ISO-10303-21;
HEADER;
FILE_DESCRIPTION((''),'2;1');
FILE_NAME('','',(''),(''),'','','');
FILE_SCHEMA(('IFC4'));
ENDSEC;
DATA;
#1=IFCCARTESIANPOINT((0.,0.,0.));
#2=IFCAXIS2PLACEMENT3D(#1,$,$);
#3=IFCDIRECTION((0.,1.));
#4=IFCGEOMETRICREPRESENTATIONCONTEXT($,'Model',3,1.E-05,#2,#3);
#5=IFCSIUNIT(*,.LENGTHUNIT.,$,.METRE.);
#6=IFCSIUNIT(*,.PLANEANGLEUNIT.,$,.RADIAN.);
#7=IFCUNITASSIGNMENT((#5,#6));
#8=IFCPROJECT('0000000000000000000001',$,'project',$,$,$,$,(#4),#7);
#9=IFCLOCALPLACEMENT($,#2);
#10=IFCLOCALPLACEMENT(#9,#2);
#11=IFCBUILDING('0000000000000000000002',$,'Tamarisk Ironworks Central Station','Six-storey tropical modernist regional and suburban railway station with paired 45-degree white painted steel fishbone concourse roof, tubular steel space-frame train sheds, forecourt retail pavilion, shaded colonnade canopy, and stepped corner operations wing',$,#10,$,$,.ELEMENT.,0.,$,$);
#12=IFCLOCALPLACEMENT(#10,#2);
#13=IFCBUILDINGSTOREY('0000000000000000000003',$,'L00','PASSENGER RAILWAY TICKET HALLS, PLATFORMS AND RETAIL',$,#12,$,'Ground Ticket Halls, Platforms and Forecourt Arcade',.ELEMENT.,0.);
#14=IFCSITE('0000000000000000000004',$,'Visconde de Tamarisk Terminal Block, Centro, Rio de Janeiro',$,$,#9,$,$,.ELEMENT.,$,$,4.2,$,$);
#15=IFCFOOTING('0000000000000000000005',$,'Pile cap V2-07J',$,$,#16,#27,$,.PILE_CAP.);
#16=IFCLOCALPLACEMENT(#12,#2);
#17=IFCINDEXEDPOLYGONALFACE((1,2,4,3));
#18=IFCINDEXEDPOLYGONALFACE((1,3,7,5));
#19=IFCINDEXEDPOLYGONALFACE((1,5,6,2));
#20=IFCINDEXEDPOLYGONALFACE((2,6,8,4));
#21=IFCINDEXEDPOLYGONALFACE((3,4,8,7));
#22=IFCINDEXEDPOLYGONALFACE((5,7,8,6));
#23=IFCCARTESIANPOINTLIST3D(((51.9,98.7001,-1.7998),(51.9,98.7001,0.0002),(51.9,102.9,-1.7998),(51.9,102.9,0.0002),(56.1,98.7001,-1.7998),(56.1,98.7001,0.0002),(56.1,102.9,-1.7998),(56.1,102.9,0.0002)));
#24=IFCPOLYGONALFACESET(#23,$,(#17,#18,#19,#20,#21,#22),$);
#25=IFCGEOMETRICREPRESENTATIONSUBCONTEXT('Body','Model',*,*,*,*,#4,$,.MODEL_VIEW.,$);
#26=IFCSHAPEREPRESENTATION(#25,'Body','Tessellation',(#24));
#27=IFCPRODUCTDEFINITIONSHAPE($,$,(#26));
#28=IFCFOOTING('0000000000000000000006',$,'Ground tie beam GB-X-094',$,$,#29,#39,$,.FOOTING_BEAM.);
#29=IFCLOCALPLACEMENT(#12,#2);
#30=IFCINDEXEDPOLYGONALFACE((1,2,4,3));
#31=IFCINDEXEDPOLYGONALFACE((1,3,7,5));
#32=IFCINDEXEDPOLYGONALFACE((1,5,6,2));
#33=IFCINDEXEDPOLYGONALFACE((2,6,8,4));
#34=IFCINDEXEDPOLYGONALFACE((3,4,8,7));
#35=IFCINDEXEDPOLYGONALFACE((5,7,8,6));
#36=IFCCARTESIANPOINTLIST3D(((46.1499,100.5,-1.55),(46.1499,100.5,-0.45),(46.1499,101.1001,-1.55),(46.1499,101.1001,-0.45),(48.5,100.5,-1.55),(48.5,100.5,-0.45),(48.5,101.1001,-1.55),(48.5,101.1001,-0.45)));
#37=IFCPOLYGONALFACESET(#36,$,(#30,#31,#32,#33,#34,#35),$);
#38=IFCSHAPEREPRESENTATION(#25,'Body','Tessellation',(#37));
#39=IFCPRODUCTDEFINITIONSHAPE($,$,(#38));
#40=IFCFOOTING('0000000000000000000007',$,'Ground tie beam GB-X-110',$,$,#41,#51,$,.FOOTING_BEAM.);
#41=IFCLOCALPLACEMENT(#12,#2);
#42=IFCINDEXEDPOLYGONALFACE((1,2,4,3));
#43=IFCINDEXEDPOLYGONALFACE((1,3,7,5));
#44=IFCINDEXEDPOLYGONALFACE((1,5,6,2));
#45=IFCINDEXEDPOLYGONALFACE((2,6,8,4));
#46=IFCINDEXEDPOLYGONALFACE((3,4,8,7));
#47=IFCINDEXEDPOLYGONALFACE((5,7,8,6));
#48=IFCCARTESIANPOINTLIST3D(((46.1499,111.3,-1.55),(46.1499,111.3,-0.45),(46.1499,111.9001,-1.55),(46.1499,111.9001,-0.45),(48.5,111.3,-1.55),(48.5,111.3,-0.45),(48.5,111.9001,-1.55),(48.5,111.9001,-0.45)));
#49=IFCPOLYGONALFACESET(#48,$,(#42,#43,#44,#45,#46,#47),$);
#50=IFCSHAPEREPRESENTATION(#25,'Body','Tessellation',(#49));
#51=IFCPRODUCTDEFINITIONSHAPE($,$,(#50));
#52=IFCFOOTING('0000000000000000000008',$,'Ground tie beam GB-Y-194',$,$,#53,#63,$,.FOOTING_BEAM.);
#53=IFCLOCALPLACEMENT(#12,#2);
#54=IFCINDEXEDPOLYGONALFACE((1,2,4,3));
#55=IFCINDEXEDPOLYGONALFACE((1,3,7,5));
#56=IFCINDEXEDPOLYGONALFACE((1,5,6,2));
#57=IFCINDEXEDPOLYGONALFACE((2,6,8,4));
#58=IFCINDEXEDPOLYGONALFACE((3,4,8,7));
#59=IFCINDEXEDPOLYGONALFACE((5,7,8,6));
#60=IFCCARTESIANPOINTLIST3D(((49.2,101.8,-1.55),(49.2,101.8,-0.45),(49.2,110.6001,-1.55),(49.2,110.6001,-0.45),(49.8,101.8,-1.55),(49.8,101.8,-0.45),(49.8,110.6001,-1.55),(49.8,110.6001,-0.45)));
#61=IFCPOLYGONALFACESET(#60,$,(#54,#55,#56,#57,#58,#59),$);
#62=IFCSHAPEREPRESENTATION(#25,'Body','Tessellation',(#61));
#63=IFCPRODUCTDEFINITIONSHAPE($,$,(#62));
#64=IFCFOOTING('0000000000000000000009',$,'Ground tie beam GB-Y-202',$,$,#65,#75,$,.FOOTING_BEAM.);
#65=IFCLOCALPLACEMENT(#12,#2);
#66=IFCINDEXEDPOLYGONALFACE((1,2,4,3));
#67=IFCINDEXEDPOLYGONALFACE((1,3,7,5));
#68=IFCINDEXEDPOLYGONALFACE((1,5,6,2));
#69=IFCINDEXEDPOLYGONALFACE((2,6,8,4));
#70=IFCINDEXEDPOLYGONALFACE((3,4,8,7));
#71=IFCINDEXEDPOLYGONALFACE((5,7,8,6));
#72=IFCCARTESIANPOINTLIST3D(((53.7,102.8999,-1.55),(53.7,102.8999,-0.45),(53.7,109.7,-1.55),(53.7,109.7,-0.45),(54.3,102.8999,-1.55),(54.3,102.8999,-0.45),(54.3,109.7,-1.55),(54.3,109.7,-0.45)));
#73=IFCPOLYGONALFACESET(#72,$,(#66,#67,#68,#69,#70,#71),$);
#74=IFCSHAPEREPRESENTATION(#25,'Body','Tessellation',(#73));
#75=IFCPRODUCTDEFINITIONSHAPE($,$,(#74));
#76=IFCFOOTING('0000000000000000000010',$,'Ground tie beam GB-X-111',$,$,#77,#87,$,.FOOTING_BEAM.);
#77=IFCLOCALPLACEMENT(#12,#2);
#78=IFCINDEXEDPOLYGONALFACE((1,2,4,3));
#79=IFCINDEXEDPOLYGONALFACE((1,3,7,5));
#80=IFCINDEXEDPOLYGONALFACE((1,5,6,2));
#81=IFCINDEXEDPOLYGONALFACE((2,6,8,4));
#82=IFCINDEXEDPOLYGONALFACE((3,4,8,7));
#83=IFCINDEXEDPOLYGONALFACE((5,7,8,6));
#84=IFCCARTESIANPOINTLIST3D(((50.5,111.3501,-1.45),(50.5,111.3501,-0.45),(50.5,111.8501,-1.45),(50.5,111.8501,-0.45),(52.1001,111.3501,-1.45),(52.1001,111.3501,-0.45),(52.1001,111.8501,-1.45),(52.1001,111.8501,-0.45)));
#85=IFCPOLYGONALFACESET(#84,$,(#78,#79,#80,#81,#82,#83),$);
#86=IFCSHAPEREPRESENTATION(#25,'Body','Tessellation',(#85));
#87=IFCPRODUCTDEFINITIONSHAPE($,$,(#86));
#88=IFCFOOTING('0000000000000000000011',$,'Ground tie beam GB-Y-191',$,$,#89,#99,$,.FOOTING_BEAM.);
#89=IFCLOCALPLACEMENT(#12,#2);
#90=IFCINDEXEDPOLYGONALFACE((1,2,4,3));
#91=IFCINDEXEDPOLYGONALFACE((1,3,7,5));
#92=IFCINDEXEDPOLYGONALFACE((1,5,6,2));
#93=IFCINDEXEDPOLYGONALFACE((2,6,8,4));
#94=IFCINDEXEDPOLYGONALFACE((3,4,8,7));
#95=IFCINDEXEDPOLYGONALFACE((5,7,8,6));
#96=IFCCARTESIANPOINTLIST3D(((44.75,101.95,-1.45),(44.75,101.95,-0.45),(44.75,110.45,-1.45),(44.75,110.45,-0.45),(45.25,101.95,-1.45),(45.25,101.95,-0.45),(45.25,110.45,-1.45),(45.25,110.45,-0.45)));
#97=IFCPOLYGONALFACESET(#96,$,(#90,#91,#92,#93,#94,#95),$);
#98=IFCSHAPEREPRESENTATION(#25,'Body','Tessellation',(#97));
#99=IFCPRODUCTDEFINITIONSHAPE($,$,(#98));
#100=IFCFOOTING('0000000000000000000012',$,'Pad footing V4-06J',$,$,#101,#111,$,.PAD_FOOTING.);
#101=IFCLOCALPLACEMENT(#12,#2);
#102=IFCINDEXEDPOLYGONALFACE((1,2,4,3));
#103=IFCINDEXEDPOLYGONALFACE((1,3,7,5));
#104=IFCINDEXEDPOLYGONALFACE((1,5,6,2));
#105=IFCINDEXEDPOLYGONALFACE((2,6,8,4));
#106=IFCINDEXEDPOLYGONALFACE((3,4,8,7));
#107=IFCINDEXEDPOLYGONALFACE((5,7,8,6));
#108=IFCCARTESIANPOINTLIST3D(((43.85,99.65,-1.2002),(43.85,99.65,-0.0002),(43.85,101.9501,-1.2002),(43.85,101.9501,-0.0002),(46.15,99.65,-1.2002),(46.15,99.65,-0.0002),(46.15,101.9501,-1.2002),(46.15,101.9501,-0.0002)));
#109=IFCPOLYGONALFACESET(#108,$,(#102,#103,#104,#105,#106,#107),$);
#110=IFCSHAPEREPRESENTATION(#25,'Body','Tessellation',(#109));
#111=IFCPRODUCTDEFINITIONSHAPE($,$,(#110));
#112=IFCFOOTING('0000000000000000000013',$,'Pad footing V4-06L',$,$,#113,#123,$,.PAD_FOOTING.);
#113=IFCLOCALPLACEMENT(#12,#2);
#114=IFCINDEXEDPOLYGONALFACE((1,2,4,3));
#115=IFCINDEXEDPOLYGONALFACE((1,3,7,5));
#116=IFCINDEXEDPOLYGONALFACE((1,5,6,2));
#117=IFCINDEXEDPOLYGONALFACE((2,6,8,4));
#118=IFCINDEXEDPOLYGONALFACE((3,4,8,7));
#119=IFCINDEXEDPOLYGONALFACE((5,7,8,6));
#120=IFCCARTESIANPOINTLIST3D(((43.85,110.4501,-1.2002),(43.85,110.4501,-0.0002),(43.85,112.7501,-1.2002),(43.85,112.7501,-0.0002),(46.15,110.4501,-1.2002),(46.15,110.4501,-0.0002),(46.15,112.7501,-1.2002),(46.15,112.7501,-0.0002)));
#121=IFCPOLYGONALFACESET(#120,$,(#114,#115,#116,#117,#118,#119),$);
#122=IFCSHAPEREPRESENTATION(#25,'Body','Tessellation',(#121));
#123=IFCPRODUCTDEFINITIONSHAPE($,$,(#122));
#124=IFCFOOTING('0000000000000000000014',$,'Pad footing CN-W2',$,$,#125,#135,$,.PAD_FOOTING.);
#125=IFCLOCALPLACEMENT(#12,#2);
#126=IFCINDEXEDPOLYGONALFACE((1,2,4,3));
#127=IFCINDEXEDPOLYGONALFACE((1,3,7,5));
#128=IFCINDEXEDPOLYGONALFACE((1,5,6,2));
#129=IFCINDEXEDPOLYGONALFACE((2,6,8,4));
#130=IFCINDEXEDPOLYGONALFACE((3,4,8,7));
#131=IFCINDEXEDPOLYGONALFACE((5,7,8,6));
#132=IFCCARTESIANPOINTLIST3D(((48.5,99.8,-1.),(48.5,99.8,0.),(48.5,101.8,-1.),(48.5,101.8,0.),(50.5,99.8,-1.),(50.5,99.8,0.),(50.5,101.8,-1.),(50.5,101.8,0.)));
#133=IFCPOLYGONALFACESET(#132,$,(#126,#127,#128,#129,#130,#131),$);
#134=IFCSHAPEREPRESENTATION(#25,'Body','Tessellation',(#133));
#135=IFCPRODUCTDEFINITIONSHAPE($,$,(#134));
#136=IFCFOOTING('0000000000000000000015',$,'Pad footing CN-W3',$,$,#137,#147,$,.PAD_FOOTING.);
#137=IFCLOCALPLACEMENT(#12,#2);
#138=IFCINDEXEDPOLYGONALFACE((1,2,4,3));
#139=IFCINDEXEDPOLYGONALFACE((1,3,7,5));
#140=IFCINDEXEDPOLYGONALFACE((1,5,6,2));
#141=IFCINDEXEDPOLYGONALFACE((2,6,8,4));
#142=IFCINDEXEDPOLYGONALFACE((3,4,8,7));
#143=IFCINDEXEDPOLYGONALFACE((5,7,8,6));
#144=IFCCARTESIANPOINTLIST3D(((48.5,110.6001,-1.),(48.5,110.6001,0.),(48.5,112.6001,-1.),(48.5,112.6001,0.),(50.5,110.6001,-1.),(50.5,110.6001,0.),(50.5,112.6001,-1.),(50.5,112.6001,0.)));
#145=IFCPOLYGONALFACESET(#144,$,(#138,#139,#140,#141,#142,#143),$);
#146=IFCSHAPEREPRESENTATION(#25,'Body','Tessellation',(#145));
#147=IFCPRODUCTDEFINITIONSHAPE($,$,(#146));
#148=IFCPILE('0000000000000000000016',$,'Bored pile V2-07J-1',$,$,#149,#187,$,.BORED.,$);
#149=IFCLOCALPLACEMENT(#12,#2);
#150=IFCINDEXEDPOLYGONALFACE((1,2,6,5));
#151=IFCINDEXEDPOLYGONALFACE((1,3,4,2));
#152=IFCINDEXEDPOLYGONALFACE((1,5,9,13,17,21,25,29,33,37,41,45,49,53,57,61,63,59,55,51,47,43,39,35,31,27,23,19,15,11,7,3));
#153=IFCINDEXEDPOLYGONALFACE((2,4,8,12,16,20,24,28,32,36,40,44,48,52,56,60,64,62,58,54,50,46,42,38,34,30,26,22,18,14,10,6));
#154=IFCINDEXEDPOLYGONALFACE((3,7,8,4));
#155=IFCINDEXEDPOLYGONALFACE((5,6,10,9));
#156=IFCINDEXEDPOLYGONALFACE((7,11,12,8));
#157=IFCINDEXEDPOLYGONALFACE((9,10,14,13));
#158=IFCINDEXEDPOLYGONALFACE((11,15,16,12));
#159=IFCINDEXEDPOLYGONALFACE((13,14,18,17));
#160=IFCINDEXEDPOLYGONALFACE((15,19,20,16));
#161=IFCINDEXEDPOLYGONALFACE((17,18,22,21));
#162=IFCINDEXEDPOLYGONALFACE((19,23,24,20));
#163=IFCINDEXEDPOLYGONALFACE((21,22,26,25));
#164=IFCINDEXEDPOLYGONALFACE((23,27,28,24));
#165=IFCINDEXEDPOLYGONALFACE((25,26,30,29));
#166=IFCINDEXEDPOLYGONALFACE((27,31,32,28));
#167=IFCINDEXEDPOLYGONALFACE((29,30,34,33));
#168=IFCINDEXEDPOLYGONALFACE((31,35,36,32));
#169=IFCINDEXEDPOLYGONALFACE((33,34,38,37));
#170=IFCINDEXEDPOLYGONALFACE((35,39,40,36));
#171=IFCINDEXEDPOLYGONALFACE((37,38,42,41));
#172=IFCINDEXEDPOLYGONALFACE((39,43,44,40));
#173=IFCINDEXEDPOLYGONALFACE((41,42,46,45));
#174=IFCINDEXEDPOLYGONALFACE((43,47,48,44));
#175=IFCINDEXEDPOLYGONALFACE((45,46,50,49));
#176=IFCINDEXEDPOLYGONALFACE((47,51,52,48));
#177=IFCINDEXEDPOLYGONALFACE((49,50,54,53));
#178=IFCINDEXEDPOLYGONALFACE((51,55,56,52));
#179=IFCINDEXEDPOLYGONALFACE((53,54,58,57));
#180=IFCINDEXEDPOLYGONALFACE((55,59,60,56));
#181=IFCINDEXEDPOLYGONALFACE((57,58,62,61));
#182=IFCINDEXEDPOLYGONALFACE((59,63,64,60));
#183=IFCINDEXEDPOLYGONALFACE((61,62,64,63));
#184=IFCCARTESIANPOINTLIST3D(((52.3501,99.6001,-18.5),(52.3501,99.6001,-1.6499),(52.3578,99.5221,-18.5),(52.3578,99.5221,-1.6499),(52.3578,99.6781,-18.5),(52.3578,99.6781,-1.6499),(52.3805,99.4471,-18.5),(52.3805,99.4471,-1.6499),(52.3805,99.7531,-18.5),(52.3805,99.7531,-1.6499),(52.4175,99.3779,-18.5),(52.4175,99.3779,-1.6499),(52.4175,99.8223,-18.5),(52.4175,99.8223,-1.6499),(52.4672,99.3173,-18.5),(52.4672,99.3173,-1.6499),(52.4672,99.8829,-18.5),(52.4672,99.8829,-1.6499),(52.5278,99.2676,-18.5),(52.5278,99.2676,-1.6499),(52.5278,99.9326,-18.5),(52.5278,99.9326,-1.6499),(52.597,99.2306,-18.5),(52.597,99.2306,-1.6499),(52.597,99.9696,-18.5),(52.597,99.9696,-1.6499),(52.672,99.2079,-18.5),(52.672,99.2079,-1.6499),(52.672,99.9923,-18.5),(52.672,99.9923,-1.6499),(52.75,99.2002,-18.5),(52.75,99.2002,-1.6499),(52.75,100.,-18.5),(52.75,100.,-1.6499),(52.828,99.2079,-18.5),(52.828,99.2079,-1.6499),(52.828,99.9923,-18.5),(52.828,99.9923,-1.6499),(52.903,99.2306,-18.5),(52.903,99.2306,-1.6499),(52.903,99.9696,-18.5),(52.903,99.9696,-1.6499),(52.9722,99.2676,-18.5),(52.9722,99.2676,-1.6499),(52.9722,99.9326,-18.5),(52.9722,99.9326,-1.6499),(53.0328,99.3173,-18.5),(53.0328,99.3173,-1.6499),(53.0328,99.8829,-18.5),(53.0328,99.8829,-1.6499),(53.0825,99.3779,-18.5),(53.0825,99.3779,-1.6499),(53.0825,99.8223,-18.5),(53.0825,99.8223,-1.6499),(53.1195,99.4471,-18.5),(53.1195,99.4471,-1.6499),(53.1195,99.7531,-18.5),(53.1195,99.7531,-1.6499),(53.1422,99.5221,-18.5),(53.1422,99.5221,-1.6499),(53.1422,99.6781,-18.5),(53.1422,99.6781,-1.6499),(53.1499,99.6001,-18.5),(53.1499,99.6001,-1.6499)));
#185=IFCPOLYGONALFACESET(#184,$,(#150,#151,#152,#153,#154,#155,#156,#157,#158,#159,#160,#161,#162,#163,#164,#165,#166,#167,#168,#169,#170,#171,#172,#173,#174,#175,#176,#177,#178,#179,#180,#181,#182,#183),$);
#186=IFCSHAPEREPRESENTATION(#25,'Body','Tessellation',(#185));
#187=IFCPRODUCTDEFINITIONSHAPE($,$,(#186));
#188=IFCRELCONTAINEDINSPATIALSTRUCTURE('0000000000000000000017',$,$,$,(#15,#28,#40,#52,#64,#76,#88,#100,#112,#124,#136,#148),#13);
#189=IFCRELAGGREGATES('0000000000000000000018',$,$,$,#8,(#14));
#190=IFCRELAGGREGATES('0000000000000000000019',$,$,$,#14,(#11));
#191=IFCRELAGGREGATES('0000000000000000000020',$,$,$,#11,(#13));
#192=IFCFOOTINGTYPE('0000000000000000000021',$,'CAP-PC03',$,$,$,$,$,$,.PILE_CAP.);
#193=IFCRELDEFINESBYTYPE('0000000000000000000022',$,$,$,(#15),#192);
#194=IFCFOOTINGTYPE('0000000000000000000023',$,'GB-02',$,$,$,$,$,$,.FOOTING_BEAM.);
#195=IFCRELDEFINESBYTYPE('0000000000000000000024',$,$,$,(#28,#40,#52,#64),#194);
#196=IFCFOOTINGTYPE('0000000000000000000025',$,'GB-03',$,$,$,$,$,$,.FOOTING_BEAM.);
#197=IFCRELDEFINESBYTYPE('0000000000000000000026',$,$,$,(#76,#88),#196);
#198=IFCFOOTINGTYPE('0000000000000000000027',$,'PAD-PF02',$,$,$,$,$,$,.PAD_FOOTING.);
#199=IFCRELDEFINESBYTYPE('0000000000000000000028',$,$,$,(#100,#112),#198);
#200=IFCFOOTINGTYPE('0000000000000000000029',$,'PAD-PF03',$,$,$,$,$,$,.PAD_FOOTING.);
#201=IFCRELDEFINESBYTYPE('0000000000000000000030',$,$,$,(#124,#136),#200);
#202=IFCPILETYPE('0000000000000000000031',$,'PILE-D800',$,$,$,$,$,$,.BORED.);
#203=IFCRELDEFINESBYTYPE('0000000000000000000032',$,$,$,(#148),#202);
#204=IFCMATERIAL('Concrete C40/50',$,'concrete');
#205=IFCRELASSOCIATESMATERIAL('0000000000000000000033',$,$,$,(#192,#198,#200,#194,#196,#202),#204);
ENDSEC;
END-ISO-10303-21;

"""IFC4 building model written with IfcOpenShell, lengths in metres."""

from ifc_helpers import new_model, si_unit, direction, frame, origin, origin_2d, place, context, subcontext, project, spatial, rectangle, circle, extrude, material, material_profile, profile_set, type_object, element, save


model = new_model("IFC4")

# Units and contexts
model_context = context("Model", 3, precision=1e-05, world=origin(), true_north=direction((0.0, 1.0)))
body_context = subcontext(model_context, "Body", "Model", "MODEL_VIEW")
ifc_project = project(units=[si_unit("LENGTHUNIT", "METRE"), si_unit("PLANEANGLEUNIT", "RADIAN")], contexts=[model_context])

# Site, building, storey
site_placement = place(None, origin())
site = spatial("IfcSite", under=ifc_project, at=site_placement, Name="Visconde de Tamarisk Terminal Block, Centro, Rio de Janeiro", CompositionType="ELEMENT", RefElevation=4.2)
building_placement = place(site_placement, origin())
building = spatial("IfcBuilding", under=site, at=building_placement, Name="Tamarisk Ironworks Central Station", Description="Six-storey tropical modernist regional and suburban railway station with paired 45-degree white painted steel fishbone concourse roof, tubular steel space-frame train sheds, forecourt retail pavilion, shaded colonnade canopy, and stepped corner operations wing", CompositionType="ELEMENT", ElevationOfRefHeight=0.0)
storey_placement = place(building_placement, origin())
storey = spatial("IfcBuildingStorey", under=building, at=storey_placement, Name="L00", Description="PASSENGER RAILWAY TICKET HALLS, PLATFORMS AND RETAIL", LongName="Ground Ticket Halls, Platforms and Forecourt Arcade", CompositionType="ELEMENT", Elevation=0.0)

# Footings
ifc_material_1 = material(Name="Concrete C40/50", Category="concrete")
footing_type_1 = type_object("IfcFootingType", Name="CAP-PC03", PredefinedType="PILE_CAP", material=ifc_material_1)
footing_1_placement = place(storey_placement, frame((54.0, 100.8, -1.7998), z_axis=(0.0, 0.0, 1.0), x_axis=(1.0, 0.0, 0.0)))
element("IfcFooting", 1, at=footing_1_placement, inside=storey, type_object=footing_type_1, Name="Pile cap V2-07J", PredefinedType="PILE_CAP", context=body_context, shape_type="SweptSolid", body=[
    extrude(rectangle(XDim=4.2, YDim=4.2, at=origin_2d()), origin(), (0.0, 0.0, 1.0), 1.8),
])
ifc_material_profile_1 = material_profile(ifc_material_1, rectangle(XDim=0.6001, YDim=1.1001, at=origin_2d()), Name="GB02 600x1100")
ifc_profile_set_1 = profile_set([ifc_material_profile_1], Name="Concrete C40/50")
footing_type_2 = type_object("IfcFootingType", Name="GB-02", PredefinedType="FOOTING_BEAM", material=ifc_profile_set_1)
for number, where, z_axis, x_axis, name in (
    (2, (46.1499, 100.8, -1.0), (1.0, 0.0, 0.0), (0.0, 1.0, 0.0), "Ground tie beam GB-X-094"),
    (3, (46.1499, 111.6001, -1.0), (1.0, 0.0, 0.0), (0.0, 1.0, 0.0), "Ground tie beam GB-X-110"),
):
    element("IfcFooting", number, at=place(storey_placement, frame(where, z_axis=z_axis, x_axis=x_axis)), inside=storey, type_object=footing_type_2, Name=name, PredefinedType="FOOTING_BEAM", context=body_context, shape_type="SweptSolid", body=[
        extrude(rectangle(XDim=0.6001, YDim=1.1001, at=origin_2d()), origin(), (0.0, 0.0, 1.0), 2.3501),
    ])
footing_2_placement = place(storey_placement, frame((49.5, 101.8, -1.0), z_axis=(0.0, 1.0, 0.0), x_axis=(-1.0, 0.0, 0.0)))
element("IfcFooting", 4, at=footing_2_placement, inside=storey, type_object=footing_type_2, Name="Ground tie beam GB-Y-194", PredefinedType="FOOTING_BEAM", context=body_context, shape_type="SweptSolid", body=[
    extrude(rectangle(XDim=0.6001, YDim=1.1001, at=origin_2d()), origin(), (0.0, 0.0, 1.0), 8.8),
])
footing_3_placement = place(storey_placement, frame((54.0, 102.8999, -1.0), z_axis=(0.0, 1.0, 0.0), x_axis=(-1.0, 0.0, 0.0)))
element("IfcFooting", 5, at=footing_3_placement, inside=storey, type_object=footing_type_2, Name="Ground tie beam GB-Y-202", PredefinedType="FOOTING_BEAM", context=body_context, shape_type="SweptSolid", body=[
    extrude(rectangle(XDim=0.6001, YDim=1.1001, at=origin_2d()), origin(), (0.0, 0.0, 1.0), 6.8),
])
ifc_material_profile_2 = material_profile(ifc_material_1, rectangle(XDim=0.5, YDim=1.0, at=origin_2d()), Name="GB03 500x1000")
ifc_profile_set_2 = profile_set([ifc_material_profile_2], Name="Concrete C40/50")
footing_type_3 = type_object("IfcFootingType", Name="GB-03", PredefinedType="FOOTING_BEAM", material=ifc_profile_set_2)
footing_4_placement = place(storey_placement, frame((50.5, 111.6001, -0.95), z_axis=(1.0, 0.0, 0.0), x_axis=(0.0, 1.0, 0.0)))
element("IfcFooting", 6, at=footing_4_placement, inside=storey, type_object=footing_type_3, Name="Ground tie beam GB-X-111", PredefinedType="FOOTING_BEAM", context=body_context, shape_type="SweptSolid", body=[
    extrude(rectangle(XDim=0.5, YDim=1.0, at=origin_2d()), origin(), (0.0, 0.0, 1.0), 1.6001),
])
footing_5_placement = place(storey_placement, frame((45.0, 101.95, -0.95), z_axis=(0.0, 1.0, 0.0), x_axis=(-1.0, 0.0, 0.0)))
element("IfcFooting", 7, at=footing_5_placement, inside=storey, type_object=footing_type_3, Name="Ground tie beam GB-Y-191", PredefinedType="FOOTING_BEAM", context=body_context, shape_type="SweptSolid", body=[
    extrude(rectangle(XDim=0.5, YDim=1.0, at=origin_2d()), origin(), (0.0, 0.0, 1.0), 8.5),
])
footing_type_4 = type_object("IfcFootingType", Name="PAD-PF02", PredefinedType="PAD_FOOTING", material=ifc_material_1)
for number, where, z_axis, x_axis, name in (
    (8, (45.0, 100.8, -1.2002), (0.0, 0.0, 1.0), (1.0, 0.0, 0.0), "Pad footing V4-06J"),
    (9, (45.0, 111.6001, -1.2002), (0.0, 0.0, 1.0), (1.0, 0.0, 0.0), "Pad footing V4-06L"),
):
    element("IfcFooting", number, at=place(storey_placement, frame(where, z_axis=z_axis, x_axis=x_axis)), inside=storey, type_object=footing_type_4, Name=name, PredefinedType="PAD_FOOTING", context=body_context, shape_type="SweptSolid", body=[
        extrude(rectangle(XDim=2.3, YDim=2.3, at=origin_2d()), origin(), (0.0, 0.0, 1.0), 1.2),
    ])
footing_type_5 = type_object("IfcFootingType", Name="PAD-PF03", PredefinedType="PAD_FOOTING", material=ifc_material_1)
for number, where, z_axis, x_axis, name in (
    (10, (49.5, 100.8, -1.0), (0.0, 0.0, 1.0), (1.0, 0.0, 0.0), "Pad footing CN-W2"),
    (11, (49.5, 111.6001, -1.0), (0.0, 0.0, 1.0), (1.0, 0.0, 0.0), "Pad footing CN-W3"),
):
    element("IfcFooting", number, at=place(storey_placement, frame(where, z_axis=z_axis, x_axis=x_axis)), inside=storey, type_object=footing_type_5, Name=name, PredefinedType="PAD_FOOTING", context=body_context, shape_type="SweptSolid", body=[
        extrude(rectangle(XDim=2.0, YDim=2.0, at=origin_2d()), origin(), (0.0, 0.0, 1.0), 1.0),
    ])

# Pile
ifc_material_profile_3 = material_profile(ifc_material_1, circle(Radius=0.3999, at=origin_2d()), Name="BORED PILE D800")
ifc_profile_set_3 = profile_set([ifc_material_profile_3], Name="Concrete C40/50")
pile_type = type_object("IfcPileType", Name="PILE-D800", PredefinedType="BORED", material=ifc_profile_set_3)
for number, where, z_axis, x_axis, name in (
    (12, (52.75, 99.6001, -1.6499), (0.0, 0.0, -1.0), (1.0, 0.0, 0.0), "Bored pile V2-07J-1"),
):
    element("IfcPile", number, at=place(storey_placement, frame(where, z_axis=z_axis, x_axis=x_axis)), inside=storey, type_object=pile_type, Name=name, PredefinedType="BORED", context=body_context, shape_type="SweptSolid", body=[
        extrude(circle(Radius=0.3999, at=origin_2d()), origin(), (0.0, 0.0, 1.0), 16.8501),
    ])

save(model, "model.ifc")
